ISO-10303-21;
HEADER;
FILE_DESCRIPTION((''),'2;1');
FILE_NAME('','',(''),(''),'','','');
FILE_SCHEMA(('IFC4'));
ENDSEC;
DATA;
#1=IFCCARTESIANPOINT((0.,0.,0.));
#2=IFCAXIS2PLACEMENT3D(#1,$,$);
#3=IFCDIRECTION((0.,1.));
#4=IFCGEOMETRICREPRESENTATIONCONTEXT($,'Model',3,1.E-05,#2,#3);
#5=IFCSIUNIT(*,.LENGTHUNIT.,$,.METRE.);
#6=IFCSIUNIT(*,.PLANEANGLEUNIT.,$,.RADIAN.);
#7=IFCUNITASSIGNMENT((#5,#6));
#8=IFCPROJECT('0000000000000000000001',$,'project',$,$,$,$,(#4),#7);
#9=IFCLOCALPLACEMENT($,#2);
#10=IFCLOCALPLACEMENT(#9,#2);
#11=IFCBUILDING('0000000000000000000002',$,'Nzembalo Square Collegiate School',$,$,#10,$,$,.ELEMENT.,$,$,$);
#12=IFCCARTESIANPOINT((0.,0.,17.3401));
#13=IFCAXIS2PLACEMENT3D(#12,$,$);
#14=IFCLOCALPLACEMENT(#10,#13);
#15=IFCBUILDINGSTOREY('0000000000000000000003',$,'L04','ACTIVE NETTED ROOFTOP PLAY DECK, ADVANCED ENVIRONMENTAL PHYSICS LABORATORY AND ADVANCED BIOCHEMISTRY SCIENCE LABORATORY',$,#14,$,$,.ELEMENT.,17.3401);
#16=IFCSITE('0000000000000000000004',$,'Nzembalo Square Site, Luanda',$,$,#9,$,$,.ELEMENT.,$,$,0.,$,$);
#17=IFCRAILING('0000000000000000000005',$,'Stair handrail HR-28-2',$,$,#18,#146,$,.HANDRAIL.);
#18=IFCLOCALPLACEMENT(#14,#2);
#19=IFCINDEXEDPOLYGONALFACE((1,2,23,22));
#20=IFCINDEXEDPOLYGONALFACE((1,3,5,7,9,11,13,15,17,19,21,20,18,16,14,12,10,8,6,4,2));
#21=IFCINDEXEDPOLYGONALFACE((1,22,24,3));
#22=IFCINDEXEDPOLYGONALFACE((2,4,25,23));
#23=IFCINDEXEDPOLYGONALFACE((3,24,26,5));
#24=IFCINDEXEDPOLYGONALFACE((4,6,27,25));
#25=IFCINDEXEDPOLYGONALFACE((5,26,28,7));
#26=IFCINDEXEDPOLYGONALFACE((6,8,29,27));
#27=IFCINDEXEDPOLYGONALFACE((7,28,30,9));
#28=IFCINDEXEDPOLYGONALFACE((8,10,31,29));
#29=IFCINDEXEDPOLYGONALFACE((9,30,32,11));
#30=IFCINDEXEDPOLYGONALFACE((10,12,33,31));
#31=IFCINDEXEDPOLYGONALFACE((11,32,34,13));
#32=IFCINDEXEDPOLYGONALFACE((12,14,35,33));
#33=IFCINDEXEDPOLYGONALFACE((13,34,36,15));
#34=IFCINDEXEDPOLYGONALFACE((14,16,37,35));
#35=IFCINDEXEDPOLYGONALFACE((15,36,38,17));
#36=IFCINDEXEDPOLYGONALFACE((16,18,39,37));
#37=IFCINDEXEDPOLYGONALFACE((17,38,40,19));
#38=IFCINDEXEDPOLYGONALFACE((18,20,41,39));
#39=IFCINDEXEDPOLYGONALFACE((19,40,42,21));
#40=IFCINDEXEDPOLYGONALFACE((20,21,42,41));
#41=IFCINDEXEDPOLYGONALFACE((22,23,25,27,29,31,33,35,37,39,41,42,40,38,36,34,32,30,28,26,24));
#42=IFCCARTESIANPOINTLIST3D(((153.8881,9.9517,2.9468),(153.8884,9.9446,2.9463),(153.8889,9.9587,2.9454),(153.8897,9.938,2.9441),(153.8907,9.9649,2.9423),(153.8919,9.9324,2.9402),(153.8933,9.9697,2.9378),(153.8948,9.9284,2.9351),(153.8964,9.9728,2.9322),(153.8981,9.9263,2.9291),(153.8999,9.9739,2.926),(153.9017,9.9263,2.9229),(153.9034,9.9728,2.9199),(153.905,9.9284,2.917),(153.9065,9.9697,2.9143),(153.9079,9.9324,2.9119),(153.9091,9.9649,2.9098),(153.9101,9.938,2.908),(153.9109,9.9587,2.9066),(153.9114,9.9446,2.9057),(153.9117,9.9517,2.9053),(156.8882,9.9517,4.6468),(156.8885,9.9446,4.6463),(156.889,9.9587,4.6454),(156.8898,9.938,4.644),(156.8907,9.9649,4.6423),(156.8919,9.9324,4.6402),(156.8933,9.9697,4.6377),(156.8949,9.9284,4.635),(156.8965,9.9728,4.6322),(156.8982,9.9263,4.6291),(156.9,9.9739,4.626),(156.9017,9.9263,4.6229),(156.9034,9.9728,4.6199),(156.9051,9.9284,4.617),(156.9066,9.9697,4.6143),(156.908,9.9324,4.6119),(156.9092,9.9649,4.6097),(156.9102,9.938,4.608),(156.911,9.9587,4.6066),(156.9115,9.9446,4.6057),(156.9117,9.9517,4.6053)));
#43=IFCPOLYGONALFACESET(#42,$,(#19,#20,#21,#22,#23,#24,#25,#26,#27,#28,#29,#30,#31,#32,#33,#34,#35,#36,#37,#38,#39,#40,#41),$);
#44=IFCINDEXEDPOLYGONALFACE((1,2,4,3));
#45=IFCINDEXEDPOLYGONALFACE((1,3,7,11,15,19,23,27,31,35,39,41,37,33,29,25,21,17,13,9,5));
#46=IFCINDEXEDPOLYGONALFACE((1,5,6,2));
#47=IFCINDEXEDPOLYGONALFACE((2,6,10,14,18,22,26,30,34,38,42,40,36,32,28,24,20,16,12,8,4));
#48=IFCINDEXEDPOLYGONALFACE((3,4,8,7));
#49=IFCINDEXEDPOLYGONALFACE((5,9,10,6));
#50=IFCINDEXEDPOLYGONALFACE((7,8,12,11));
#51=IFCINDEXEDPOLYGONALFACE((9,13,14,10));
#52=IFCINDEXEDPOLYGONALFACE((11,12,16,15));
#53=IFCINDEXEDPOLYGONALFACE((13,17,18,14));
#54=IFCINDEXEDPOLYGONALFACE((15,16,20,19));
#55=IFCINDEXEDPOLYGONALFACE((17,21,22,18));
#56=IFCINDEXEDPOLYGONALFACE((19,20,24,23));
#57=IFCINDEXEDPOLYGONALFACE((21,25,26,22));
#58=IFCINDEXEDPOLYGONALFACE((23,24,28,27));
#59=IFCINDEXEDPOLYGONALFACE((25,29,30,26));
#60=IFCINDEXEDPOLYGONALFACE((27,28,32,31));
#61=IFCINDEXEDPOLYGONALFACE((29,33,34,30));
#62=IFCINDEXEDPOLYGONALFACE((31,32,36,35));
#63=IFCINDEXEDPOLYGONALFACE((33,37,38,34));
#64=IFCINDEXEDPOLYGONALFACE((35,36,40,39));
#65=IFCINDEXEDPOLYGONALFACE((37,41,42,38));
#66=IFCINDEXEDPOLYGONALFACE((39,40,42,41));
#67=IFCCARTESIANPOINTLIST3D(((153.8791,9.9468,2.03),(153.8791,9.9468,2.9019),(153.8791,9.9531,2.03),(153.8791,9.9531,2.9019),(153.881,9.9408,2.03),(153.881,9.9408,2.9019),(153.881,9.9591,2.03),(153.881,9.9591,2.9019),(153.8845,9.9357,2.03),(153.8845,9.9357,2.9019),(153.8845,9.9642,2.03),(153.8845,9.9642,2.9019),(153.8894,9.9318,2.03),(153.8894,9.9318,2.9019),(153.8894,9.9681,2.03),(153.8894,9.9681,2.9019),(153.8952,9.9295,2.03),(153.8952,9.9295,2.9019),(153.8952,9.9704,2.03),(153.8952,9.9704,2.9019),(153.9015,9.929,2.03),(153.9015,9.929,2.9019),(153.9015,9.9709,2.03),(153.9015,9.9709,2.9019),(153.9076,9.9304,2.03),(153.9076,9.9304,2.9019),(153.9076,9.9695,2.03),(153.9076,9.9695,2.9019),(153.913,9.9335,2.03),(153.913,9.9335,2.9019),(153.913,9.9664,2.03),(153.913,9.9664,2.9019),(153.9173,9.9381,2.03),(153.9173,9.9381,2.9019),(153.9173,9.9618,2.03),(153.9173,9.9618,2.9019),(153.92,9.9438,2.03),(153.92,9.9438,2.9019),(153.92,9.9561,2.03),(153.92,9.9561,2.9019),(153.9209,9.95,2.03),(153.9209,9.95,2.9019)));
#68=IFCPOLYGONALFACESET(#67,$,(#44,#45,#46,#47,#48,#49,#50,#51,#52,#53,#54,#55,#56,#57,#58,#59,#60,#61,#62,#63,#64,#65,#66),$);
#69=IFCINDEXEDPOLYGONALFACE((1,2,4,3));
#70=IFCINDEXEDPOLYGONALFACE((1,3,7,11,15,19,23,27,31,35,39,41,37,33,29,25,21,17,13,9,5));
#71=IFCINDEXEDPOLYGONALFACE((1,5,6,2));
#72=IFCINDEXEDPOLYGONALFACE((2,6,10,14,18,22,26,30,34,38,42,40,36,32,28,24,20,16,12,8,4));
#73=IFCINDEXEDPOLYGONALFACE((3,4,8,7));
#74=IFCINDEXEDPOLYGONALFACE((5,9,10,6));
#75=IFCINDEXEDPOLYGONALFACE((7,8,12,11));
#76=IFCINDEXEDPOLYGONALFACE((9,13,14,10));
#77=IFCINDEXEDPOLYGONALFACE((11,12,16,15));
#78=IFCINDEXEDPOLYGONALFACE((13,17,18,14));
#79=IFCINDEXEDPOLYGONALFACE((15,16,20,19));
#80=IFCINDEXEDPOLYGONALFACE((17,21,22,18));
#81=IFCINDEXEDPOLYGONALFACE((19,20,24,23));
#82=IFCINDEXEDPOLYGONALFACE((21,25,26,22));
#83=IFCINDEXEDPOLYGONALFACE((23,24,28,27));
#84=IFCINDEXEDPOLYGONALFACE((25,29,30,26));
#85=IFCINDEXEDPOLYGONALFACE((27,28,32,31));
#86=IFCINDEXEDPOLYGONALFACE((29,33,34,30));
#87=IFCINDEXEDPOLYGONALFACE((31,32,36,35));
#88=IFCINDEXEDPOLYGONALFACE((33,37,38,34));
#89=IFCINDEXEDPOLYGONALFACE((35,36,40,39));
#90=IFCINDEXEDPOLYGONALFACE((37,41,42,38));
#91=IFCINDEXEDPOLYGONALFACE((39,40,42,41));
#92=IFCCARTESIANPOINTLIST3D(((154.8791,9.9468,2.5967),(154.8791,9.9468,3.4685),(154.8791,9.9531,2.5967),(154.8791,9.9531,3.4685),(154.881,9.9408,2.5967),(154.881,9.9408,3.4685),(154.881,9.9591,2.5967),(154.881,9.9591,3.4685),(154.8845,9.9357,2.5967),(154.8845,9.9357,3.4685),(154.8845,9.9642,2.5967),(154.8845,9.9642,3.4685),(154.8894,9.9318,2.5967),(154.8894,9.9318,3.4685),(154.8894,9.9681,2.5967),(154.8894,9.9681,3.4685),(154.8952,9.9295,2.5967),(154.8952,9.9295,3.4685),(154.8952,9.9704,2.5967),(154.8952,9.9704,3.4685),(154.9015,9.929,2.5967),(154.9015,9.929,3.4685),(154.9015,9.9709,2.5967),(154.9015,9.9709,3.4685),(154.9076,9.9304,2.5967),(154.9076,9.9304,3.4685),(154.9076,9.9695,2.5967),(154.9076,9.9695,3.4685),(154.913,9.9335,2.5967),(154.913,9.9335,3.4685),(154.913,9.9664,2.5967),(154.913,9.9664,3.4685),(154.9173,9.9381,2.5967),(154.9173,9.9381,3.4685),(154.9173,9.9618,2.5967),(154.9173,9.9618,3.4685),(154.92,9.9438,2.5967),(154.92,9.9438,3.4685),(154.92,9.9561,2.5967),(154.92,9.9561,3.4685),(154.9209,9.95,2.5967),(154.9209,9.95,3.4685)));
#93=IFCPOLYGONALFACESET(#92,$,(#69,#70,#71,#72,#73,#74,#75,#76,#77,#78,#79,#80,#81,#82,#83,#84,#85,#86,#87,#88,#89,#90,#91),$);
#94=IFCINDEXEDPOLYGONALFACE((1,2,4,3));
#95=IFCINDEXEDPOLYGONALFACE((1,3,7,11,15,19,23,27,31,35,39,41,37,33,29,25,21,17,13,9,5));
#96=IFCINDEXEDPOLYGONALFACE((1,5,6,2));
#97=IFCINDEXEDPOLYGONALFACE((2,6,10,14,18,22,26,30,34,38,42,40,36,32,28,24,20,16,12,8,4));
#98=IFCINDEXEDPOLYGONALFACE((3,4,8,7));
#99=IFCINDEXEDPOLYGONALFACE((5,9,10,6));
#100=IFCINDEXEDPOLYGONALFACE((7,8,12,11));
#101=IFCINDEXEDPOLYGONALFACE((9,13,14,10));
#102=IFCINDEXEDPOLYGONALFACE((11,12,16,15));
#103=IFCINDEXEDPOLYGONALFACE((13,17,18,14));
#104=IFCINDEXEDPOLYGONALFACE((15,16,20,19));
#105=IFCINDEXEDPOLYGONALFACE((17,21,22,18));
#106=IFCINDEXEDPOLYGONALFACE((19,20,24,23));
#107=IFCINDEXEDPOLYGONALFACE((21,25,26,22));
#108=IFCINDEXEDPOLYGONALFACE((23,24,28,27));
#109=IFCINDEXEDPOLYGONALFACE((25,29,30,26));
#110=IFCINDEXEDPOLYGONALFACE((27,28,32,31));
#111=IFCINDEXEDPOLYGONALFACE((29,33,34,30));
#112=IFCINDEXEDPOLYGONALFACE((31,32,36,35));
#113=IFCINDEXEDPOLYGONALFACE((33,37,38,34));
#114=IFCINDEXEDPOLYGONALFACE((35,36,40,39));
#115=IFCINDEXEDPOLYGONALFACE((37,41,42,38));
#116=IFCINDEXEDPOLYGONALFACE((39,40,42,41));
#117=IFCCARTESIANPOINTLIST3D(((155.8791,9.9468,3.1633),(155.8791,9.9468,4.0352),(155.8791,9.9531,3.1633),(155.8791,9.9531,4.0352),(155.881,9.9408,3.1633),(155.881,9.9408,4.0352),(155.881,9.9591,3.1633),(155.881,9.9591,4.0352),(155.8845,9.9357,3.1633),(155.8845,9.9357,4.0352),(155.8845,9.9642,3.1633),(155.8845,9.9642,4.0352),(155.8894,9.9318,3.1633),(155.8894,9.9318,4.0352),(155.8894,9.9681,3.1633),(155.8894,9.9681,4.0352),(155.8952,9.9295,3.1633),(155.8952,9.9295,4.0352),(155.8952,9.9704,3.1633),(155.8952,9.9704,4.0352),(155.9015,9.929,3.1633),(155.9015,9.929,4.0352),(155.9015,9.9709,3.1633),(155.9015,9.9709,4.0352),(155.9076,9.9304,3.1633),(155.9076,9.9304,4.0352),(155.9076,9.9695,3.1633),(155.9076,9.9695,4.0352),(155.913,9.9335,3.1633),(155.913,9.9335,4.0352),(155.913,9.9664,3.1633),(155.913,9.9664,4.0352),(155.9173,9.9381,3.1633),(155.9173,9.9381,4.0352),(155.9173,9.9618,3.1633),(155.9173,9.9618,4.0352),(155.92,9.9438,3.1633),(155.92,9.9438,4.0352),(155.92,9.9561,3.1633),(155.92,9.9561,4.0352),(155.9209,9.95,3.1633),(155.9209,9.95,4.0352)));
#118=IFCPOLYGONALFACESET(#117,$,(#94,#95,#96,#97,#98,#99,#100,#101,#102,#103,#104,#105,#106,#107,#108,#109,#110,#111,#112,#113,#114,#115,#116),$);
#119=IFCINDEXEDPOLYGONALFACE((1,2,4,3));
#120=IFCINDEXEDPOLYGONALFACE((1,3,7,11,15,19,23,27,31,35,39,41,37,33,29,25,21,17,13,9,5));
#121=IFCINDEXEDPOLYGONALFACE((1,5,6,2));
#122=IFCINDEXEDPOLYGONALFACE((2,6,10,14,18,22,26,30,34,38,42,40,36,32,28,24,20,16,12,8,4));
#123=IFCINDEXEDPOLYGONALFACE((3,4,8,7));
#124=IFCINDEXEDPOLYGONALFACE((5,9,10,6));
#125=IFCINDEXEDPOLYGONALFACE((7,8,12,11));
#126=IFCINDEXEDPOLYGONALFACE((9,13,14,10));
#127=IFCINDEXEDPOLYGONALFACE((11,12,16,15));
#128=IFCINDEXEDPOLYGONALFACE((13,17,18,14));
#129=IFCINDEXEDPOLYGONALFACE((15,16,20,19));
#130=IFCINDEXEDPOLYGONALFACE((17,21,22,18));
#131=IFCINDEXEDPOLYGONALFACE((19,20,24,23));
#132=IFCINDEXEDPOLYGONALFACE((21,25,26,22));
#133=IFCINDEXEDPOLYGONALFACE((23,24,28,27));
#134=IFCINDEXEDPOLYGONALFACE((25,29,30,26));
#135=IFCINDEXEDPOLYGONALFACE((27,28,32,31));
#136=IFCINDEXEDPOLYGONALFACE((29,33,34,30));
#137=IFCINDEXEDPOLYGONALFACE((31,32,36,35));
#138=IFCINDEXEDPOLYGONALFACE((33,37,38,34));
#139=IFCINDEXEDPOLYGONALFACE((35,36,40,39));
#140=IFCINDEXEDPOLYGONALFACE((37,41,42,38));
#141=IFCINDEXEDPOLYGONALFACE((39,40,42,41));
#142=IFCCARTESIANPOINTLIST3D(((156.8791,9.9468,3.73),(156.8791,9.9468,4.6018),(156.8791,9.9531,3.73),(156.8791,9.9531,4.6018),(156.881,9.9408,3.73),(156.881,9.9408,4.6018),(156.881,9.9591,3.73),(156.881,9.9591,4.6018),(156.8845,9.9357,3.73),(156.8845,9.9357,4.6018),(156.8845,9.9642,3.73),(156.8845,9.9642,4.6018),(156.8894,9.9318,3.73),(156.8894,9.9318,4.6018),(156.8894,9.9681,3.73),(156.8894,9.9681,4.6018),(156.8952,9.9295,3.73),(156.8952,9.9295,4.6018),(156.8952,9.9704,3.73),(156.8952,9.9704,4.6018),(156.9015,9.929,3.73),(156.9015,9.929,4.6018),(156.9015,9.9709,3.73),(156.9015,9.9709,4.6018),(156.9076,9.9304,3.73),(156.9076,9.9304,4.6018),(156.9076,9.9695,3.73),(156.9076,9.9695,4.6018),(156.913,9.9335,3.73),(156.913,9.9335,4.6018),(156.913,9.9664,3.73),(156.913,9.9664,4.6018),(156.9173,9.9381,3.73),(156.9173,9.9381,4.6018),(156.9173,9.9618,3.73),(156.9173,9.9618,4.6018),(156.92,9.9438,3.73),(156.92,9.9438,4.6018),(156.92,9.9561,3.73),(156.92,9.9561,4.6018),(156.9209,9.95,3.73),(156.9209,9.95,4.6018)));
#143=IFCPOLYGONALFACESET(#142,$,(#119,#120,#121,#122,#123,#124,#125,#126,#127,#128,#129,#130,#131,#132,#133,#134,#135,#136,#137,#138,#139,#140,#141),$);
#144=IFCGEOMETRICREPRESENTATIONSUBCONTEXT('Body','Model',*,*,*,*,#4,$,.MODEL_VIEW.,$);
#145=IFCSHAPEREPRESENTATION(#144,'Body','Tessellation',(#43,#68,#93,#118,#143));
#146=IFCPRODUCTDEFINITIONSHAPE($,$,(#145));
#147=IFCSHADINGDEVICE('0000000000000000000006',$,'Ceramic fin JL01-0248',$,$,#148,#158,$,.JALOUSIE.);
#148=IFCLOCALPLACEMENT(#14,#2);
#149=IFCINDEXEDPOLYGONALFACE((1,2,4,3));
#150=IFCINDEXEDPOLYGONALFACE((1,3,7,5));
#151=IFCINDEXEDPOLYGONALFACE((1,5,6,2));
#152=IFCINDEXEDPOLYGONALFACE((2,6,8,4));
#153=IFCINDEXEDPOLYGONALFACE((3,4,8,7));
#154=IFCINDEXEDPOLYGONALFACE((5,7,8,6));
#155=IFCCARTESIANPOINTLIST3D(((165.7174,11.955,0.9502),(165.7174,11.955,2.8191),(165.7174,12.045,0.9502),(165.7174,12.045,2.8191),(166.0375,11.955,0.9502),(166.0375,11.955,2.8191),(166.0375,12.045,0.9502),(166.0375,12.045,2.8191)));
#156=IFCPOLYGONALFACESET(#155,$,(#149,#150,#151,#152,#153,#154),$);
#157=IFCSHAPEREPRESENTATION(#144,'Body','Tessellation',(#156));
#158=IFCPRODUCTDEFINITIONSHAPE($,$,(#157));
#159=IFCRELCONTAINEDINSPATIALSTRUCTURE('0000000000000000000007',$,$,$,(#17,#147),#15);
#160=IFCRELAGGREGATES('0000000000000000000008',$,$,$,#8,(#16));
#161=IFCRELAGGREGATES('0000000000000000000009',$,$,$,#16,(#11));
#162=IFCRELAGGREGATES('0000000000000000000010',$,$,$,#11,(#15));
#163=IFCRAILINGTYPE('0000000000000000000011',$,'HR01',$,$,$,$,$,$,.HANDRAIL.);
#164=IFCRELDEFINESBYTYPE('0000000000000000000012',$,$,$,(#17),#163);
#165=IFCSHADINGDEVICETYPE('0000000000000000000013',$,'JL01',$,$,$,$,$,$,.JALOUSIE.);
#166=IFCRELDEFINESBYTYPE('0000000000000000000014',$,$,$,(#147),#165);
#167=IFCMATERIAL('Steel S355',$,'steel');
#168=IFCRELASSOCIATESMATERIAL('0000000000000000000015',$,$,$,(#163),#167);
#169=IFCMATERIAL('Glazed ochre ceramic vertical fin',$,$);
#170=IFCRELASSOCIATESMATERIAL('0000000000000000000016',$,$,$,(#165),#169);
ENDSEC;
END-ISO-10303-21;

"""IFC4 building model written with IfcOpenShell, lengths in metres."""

from ifc_helpers import new_model, si_unit, direction, frame, origin, origin_2d, place, context, subcontext, project, spatial, rectangle, circle, extrude, material, type_object, element, save


model = new_model("IFC4")

# Units and contexts
model_context = context("Model", 3, precision=1e-05, world=origin(), true_north=direction((0.0, 1.0)))
body_context = subcontext(model_context, "Body", "Model", "MODEL_VIEW")
ifc_project = project(units=[si_unit("LENGTHUNIT", "METRE"), si_unit("PLANEANGLEUNIT", "RADIAN")], contexts=[model_context])

# Site, building, storey
site_placement = place(None, origin())
site = spatial("IfcSite", under=ifc_project, at=site_placement, Name="Nzembalo Square Site, Luanda", CompositionType="ELEMENT", RefElevation=0.0)
building_placement = place(site_placement, origin())
building = spatial("IfcBuilding", under=site, at=building_placement, Name="Nzembalo Square Collegiate School", CompositionType="ELEMENT")
storey_placement = place(building_placement, frame((0.0, 0.0, 17.3401)))
storey = spatial("IfcBuildingStorey", under=building, at=storey_placement, Name="L04", Description="ACTIVE NETTED ROOFTOP PLAY DECK, ADVANCED ENVIRONMENTAL PHYSICS LABORATORY AND ADVANCED BIOCHEMISTRY SCIENCE LABORATORY", CompositionType="ELEMENT", Elevation=17.3401)

# Railing
ifc_material_1 = material(Name="Steel S355", Category="steel")
railing_type_1 = type_object("IfcRailingType", Name="HR01", PredefinedType="HANDRAIL", material=ifc_material_1)
railing_1_placement = place(storey_placement, frame((153.8999, 9.95, 2.03)))
element("IfcRailing", 1, at=railing_1_placement, inside=storey, type_object=railing_type_1, Name="Stair handrail HR-28-2", PredefinedType="HANDRAIL", context=body_context, shape_type="SweptSolid", body=[
    extrude(circle(Radius=0.0239, at=origin_2d()), frame((0.0, 0.0, 0.896), z_axis=(0.870028, 0.0, 0.493002), x_axis=(0.0, 1.0, 0.0)), (0.0, 0.0, 1.0), 3.4482),
    extrude(circle(Radius=0.021, at=origin_2d()), origin(), (0.0, 0.0, 1.0), 0.8718),
    extrude(circle(Radius=0.021, at=origin_2d()), frame((1.0, 0.0, 0.5667)), (0.0, 0.0, 1.0), 0.8718),
    extrude(circle(Radius=0.021, at=origin_2d()), frame((2.0, 0.0, 1.1333)), (0.0, 0.0, 1.0), 0.8718),
    extrude(circle(Radius=0.021, at=origin_2d()), frame((3.0, 0.0, 1.7)), (0.0, 0.0, 1.0), 0.8718),
])

# Shading device
ifc_material_2 = material(Name="Glazed ochre ceramic vertical fin")
shading_device_type = type_object("IfcShadingDeviceType", Name="JL01", PredefinedType="JALOUSIE", material=ifc_material_2)
shading_device_placement = place(storey_placement, frame((165.8774, 12.0, 0.9502), z_axis=(0.0, 0.0, 1.0), x_axis=(1.0, 0.0, 0.0)))
element("IfcShadingDevice", 2, at=shading_device_placement, inside=storey, type_object=shading_device_type, Name="Ceramic fin JL01-0248", PredefinedType="JALOUSIE", context=body_context, shape_type="SweptSolid", body=[
    extrude(rectangle(XDim=0.3201, YDim=0.0901, at=origin_2d()), origin(), (0.0, 0.0, 1.0), 1.8689),
])

save(model, "model.ifc")
